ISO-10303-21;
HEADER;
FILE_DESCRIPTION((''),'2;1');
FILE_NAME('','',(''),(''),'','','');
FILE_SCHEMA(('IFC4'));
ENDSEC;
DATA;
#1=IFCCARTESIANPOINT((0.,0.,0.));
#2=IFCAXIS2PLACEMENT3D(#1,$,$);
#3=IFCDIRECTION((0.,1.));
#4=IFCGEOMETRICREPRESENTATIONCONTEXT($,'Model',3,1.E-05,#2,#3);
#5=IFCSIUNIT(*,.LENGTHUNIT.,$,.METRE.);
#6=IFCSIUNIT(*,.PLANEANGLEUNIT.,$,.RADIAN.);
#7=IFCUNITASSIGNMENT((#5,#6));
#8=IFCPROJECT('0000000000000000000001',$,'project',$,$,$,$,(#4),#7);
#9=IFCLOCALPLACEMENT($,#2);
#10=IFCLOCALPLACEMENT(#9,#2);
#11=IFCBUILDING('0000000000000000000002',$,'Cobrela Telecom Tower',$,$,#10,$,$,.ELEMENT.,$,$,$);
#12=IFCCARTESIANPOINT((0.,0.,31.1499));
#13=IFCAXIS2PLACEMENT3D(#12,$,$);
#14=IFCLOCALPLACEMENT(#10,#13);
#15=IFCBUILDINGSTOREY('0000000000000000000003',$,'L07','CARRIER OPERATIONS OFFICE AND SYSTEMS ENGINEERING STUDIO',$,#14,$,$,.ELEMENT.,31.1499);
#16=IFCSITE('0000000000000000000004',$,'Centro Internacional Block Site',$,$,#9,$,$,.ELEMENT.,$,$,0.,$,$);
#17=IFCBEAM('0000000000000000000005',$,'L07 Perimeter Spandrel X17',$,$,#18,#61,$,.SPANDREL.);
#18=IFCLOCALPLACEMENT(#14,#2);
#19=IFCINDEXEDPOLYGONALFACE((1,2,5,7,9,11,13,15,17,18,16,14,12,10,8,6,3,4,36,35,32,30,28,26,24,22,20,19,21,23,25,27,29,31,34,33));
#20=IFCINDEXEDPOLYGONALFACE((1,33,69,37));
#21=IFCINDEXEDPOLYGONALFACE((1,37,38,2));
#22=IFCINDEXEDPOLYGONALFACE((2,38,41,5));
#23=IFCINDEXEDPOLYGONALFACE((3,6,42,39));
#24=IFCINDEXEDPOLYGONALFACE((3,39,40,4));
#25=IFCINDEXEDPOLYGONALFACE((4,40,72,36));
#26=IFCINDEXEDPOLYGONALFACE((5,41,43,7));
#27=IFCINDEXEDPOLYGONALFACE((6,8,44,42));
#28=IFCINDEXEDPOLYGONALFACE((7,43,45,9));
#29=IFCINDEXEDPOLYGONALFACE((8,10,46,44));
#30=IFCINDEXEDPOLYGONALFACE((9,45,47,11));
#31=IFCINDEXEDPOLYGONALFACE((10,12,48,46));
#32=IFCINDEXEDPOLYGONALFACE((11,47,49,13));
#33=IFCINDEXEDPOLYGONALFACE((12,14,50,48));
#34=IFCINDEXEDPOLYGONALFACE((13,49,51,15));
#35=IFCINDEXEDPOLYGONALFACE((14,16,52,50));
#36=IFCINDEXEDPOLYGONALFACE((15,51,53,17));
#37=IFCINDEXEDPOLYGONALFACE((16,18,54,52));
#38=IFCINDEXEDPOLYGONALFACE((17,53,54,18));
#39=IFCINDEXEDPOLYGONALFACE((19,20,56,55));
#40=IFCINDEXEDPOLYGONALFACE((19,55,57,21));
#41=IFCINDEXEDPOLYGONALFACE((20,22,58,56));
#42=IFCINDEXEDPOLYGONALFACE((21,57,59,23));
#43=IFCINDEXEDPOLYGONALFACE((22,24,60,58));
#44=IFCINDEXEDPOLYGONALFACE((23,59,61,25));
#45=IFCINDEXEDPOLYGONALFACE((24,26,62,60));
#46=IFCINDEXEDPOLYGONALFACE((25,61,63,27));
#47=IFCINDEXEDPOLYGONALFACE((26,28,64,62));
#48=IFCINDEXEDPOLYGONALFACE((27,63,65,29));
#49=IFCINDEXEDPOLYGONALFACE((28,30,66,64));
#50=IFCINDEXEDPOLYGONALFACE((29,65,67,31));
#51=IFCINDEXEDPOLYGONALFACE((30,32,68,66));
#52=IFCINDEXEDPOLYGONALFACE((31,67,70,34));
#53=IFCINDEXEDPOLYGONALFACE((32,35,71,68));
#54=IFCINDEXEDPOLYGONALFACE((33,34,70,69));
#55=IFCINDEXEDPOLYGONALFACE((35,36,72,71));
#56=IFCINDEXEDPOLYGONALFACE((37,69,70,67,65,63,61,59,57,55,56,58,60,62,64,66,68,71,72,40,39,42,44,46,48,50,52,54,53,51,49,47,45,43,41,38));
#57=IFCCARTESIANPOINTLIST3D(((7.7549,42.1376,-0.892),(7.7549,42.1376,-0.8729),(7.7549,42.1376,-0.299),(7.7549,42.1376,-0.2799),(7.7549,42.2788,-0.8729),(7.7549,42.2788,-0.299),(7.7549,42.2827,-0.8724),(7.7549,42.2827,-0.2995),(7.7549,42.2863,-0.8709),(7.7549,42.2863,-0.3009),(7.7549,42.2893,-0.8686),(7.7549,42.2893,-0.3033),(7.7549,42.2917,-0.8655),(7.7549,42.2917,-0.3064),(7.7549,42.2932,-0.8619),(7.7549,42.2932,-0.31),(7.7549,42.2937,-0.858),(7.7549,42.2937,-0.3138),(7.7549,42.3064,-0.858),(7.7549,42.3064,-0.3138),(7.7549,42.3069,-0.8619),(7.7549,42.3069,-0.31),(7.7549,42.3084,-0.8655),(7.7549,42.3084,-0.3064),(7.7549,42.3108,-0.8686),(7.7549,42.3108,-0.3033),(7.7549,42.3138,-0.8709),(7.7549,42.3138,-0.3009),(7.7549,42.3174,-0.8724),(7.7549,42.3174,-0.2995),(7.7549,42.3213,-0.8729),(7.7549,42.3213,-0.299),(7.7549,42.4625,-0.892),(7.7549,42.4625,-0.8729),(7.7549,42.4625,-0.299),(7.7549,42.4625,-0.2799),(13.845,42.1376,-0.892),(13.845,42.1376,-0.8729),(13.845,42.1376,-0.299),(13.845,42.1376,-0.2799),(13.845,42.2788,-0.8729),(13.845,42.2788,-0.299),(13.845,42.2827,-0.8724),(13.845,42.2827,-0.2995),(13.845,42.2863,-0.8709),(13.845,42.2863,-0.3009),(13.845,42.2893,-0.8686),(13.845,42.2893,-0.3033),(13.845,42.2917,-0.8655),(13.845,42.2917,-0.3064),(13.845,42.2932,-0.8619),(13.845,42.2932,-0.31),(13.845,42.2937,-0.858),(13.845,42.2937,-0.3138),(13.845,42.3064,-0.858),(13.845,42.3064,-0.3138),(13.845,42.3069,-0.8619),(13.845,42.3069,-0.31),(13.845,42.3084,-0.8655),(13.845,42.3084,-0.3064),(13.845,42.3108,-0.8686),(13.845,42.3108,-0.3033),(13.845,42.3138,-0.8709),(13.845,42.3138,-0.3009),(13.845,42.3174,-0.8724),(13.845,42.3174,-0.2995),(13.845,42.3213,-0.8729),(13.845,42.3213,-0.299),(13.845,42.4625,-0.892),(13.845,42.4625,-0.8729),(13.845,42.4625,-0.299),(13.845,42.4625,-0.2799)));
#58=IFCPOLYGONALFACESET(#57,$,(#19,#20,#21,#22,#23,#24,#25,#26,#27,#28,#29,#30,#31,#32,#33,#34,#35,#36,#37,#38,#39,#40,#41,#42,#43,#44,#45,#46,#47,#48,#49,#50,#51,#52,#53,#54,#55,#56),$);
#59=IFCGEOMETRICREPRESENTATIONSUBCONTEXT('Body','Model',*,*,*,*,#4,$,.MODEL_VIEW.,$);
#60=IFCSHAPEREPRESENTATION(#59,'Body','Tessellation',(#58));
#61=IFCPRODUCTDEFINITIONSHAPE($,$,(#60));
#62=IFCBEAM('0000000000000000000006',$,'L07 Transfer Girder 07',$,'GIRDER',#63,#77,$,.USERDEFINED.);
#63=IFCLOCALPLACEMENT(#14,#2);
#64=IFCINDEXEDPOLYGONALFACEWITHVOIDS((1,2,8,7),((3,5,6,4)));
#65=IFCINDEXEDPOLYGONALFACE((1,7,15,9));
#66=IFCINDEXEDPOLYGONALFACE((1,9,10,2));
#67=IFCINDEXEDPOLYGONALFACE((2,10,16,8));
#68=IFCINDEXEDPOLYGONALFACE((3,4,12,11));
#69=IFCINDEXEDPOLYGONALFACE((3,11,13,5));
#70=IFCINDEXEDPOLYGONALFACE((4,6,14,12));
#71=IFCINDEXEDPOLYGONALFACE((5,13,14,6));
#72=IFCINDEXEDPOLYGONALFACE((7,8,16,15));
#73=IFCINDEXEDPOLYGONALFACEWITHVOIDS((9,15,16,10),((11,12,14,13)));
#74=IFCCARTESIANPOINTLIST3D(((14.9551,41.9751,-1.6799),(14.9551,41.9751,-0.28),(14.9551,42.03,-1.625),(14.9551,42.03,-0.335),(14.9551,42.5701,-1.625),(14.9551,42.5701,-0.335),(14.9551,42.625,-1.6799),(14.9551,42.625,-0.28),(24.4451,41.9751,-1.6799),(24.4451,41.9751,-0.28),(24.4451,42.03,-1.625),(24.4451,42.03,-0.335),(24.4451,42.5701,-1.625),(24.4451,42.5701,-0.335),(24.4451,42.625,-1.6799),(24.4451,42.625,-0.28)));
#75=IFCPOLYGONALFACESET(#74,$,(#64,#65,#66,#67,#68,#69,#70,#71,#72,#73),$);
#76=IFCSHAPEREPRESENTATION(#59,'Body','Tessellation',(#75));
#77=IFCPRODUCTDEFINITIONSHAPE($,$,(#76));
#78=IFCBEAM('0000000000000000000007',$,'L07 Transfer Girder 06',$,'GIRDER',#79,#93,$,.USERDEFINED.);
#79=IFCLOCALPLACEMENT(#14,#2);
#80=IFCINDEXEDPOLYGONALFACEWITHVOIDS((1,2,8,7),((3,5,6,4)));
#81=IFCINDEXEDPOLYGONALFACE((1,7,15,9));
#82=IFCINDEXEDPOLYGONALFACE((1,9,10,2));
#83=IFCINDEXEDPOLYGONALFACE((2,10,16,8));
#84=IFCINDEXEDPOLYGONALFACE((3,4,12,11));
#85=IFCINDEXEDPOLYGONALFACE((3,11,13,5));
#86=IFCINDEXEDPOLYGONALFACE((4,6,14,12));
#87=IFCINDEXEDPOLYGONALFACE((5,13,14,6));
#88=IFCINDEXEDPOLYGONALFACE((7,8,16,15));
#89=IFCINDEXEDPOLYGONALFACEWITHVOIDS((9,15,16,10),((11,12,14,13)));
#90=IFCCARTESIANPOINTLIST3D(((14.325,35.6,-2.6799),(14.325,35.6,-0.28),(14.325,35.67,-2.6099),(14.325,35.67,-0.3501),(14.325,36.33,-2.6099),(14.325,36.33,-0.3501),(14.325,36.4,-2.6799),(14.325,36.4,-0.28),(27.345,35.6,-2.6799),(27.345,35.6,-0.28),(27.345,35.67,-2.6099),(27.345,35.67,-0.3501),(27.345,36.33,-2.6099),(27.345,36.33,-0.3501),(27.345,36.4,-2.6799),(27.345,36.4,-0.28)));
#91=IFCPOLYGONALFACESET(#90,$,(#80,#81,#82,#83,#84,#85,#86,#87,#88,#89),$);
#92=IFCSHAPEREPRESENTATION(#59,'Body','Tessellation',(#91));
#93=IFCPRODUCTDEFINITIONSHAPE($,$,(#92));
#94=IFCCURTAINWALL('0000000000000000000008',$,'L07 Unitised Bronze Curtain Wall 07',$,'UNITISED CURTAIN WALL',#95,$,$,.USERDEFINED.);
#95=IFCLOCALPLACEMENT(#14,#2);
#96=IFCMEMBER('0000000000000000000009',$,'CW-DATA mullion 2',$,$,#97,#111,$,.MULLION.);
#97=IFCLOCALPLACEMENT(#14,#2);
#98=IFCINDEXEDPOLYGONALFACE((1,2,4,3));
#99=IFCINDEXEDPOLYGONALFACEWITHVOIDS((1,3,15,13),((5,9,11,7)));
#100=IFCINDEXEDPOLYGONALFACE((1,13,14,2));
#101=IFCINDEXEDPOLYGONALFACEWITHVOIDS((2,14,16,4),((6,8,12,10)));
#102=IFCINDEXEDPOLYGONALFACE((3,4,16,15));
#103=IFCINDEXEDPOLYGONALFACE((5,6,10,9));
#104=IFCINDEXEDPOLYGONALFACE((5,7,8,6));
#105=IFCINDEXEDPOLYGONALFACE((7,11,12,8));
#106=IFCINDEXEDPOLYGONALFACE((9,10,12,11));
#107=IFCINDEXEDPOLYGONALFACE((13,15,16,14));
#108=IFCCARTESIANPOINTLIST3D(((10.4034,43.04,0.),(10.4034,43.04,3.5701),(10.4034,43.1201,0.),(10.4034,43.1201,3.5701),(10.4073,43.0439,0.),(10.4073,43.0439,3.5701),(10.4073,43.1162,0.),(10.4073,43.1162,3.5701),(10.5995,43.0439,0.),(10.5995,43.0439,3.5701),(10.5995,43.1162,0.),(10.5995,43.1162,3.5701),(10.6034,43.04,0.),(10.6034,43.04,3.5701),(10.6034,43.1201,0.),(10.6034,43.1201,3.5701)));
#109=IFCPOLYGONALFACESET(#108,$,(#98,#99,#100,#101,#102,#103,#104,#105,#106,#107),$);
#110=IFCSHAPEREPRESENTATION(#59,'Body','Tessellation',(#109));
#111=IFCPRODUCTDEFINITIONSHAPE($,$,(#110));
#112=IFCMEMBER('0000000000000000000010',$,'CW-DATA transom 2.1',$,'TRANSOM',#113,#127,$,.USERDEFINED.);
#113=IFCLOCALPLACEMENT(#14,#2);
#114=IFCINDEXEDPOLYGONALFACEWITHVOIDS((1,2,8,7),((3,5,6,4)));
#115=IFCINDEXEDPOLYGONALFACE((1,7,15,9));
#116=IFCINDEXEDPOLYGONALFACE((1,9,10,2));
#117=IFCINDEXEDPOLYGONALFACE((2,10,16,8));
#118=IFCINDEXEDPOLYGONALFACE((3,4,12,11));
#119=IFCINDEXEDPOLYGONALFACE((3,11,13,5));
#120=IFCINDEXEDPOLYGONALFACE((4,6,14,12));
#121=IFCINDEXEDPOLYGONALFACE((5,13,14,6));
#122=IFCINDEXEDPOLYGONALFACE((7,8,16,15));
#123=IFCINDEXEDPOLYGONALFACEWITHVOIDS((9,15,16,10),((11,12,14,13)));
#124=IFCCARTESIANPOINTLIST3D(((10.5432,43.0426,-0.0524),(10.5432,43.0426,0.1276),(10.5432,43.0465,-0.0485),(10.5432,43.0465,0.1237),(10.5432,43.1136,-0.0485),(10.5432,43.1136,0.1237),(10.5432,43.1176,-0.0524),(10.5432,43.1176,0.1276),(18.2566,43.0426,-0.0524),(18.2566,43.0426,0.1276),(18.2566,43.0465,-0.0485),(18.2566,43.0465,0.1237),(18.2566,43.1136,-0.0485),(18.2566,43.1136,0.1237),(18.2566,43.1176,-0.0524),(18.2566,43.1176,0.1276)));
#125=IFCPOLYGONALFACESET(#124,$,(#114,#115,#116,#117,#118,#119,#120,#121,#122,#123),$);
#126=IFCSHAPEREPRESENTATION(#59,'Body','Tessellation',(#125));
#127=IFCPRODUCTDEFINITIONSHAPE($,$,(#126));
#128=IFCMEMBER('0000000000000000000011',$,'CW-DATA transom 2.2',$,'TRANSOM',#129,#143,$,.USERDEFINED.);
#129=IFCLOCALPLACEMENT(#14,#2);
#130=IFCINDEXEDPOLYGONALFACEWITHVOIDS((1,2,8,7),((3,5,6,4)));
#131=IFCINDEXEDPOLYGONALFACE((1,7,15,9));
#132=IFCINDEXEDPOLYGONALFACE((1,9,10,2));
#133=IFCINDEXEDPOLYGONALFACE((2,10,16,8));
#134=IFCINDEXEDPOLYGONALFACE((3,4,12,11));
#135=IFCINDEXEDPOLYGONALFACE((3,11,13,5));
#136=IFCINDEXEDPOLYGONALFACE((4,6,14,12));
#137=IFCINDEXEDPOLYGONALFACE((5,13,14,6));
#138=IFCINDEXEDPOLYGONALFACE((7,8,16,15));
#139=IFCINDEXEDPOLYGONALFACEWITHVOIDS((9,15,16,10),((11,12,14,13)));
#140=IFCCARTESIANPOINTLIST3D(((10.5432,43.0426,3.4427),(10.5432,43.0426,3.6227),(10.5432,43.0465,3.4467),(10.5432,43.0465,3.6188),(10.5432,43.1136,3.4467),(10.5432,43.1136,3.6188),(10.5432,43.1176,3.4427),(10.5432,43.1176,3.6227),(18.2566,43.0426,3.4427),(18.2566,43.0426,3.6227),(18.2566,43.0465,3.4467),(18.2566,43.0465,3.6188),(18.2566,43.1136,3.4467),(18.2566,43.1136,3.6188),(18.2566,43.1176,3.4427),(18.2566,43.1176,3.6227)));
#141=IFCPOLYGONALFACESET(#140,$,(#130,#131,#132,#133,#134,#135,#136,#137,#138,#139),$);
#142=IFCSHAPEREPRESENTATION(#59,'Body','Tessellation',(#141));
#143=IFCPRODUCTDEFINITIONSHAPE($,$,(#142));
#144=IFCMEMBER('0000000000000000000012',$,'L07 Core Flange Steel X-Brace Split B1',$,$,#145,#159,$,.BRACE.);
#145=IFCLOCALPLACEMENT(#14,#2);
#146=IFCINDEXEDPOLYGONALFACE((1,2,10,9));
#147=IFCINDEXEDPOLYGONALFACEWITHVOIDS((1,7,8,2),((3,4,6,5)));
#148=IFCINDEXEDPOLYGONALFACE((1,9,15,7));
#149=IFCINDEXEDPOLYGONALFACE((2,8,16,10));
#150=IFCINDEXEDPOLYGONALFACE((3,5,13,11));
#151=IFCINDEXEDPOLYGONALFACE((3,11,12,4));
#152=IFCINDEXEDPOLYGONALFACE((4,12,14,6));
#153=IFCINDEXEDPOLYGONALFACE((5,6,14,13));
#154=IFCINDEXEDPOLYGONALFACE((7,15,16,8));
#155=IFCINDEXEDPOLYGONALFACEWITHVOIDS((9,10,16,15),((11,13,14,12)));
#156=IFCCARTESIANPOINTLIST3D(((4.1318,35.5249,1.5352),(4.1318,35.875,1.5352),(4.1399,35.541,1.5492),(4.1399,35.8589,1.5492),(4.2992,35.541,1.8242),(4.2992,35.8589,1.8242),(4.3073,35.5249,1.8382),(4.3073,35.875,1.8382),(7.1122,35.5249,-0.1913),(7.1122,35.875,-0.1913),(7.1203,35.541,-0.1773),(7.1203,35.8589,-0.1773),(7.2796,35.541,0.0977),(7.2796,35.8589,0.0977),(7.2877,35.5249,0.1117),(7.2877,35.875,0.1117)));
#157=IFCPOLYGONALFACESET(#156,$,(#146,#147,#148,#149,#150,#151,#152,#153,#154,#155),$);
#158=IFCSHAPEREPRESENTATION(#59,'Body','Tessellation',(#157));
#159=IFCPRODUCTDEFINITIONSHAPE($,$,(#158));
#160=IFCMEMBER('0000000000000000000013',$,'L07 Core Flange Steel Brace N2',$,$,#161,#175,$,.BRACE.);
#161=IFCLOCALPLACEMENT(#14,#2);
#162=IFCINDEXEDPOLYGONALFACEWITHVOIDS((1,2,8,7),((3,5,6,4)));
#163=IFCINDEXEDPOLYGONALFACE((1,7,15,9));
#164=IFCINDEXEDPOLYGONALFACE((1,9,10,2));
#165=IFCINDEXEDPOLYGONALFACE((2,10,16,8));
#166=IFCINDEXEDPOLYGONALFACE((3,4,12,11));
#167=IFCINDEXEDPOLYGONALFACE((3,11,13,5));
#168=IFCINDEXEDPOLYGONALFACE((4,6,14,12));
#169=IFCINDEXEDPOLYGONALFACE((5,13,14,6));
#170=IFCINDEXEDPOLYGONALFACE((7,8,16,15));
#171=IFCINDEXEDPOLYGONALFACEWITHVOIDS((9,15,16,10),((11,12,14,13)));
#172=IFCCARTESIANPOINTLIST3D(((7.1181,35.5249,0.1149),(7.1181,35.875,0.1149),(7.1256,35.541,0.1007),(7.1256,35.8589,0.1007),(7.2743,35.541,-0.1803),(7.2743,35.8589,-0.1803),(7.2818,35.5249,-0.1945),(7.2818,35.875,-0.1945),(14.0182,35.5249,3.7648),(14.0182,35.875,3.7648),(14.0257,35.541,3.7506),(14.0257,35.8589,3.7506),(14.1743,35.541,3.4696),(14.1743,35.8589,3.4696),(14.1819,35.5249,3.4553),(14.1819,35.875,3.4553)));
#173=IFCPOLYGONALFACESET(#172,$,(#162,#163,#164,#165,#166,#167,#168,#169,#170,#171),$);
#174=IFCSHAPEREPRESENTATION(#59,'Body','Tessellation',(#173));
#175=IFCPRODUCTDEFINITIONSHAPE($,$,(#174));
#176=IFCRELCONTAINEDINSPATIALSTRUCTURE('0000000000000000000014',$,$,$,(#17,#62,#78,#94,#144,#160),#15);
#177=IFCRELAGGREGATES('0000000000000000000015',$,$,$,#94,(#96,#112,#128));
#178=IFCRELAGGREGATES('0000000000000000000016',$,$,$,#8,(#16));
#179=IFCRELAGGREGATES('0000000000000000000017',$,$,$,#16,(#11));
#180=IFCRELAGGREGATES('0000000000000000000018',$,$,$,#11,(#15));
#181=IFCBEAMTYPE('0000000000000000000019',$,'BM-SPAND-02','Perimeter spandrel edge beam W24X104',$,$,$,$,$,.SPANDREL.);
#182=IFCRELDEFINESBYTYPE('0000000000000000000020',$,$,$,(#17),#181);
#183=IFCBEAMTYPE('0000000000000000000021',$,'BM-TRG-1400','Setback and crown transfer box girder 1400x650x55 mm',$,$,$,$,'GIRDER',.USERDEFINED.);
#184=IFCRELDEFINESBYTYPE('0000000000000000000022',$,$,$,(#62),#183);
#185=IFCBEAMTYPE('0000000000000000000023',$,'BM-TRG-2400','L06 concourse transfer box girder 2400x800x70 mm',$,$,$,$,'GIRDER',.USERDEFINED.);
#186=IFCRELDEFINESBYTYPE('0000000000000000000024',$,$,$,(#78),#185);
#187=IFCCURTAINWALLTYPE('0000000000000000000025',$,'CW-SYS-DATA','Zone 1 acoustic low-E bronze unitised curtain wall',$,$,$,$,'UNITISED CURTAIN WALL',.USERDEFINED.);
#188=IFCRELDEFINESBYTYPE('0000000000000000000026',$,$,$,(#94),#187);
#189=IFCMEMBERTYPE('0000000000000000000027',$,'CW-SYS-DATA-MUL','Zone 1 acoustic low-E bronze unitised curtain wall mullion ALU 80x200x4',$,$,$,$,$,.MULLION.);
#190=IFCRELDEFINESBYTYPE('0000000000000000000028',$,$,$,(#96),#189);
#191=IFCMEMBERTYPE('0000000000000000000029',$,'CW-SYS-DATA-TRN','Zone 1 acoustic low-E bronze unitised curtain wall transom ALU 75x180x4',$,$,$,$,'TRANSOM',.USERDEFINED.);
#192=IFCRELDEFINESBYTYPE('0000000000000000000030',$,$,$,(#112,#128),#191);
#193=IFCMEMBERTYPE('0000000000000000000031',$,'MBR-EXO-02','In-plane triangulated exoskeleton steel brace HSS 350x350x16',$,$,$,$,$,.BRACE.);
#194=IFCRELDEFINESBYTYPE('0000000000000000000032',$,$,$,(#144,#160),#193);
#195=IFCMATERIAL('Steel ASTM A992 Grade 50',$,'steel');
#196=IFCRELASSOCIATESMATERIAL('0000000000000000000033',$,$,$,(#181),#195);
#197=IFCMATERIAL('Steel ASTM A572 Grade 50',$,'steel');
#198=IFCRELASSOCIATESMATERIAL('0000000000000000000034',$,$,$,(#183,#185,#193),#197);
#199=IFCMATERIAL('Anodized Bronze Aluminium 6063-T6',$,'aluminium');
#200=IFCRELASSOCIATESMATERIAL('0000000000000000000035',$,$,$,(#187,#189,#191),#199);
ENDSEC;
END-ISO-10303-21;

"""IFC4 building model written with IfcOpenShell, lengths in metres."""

from ifc_helpers import new_model, si_unit, direction, frame, origin, origin_2d, place, context, subcontext, project, spatial, hollow_rectangle, i_section, extrude, material, material_profile, profile_set, type_object, element, aggregate, save


model = new_model("IFC4")

# Units and contexts
model_context = context("Model", 3, precision=1e-05, world=origin(), true_north=direction((0.0, 1.0)))
body_context = subcontext(model_context, "Body", "Model", "MODEL_VIEW")
ifc_project = project(units=[si_unit("LENGTHUNIT", "METRE"), si_unit("PLANEANGLEUNIT", "RADIAN")], contexts=[model_context])

# Site, building, storey
site_placement = place(None, origin())
site = spatial("IfcSite", under=ifc_project, at=site_placement, Name="Centro Internacional Block Site", CompositionType="ELEMENT", RefElevation=0.0)
building_placement = place(site_placement, origin())
building = spatial("IfcBuilding", under=site, at=building_placement, Name="Cobrela Telecom Tower", CompositionType="ELEMENT")
storey_placement = place(building_placement, frame((0.0, 0.0, 31.1499)))
storey = spatial("IfcBuildingStorey", under=building, at=storey_placement, Name="L07", Description="CARRIER OPERATIONS OFFICE AND SYSTEMS ENGINEERING STUDIO", CompositionType="ELEMENT", Elevation=31.1499)

# Shared definitions
ifc_material_1 = material(Name="Steel ASTM A572 Grade 50", Category="steel")

# Beams
ifc_material_2 = material(Name="Steel ASTM A992 Grade 50", Category="steel")
ifc_material_profile_1 = material_profile(ifc_material_2, i_section(OverallWidth=0.325, OverallDepth=0.6121, WebThickness=0.0127, FlangeThickness=0.019, FilletRadius=0.0149, at=origin_2d()), Name="W24X104")
ifc_profile_set_1 = profile_set([ifc_material_profile_1], Name="Steel ASTM A992 Grade 50")
beam_type_1 = type_object("IfcBeamType", Name="BM-SPAND-02", Description="Perimeter spandrel edge beam W24X104", PredefinedType="SPANDREL", material=ifc_profile_set_1)
beam_1_placement = place(storey_placement, frame((7.7549, 42.3, -0.5859), z_axis=(1.0, 0.0, 0.0), x_axis=(0.0, 1.0, 0.0)))
element("IfcBeam", 1, at=beam_1_placement, inside=storey, type_object=beam_type_1, Name="L07 Perimeter Spandrel X17", PredefinedType="SPANDREL", context=body_context, shape_type="SweptSolid", body=[
    extrude(i_section(OverallWidth=0.325, OverallDepth=0.6121, WebThickness=0.0127, FlangeThickness=0.019, FilletRadius=0.0149, at=origin_2d()), origin(), (0.0, 0.0, 1.0), 6.0901),
])
ifc_material_profile_2 = material_profile(ifc_material_1, hollow_rectangle(XDim=0.6499, YDim=1.3999, WallThickness=0.0549, at=origin_2d()), Name="BOX 1400x650x55")
ifc_profile_set_2 = profile_set([ifc_material_profile_2], Name="Steel ASTM A572 Grade 50")
beam_type_2 = type_object("IfcBeamType", Name="BM-TRG-1400", Description="Setback and crown transfer box girder 1400x650x55 mm", ElementType="GIRDER", PredefinedType="USERDEFINED", material=ifc_profile_set_2)
beam_2_placement = place(storey_placement, frame((14.9551, 42.3, -0.98), z_axis=(1.0, 0.0, 0.0), x_axis=(0.0, 1.0, 0.0)))
element("IfcBeam", 2, at=beam_2_placement, inside=storey, type_object=beam_type_2, Name="L07 Transfer Girder 07", ObjectType="GIRDER", PredefinedType="USERDEFINED", context=body_context, shape_type="SweptSolid", body=[
    extrude(hollow_rectangle(XDim=0.6499, YDim=1.3999, WallThickness=0.0549, at=origin_2d()), origin(), (0.0, 0.0, 1.0), 9.49),
])
ifc_material_profile_3 = material_profile(ifc_material_1, hollow_rectangle(XDim=0.8, YDim=2.3999, WallThickness=0.0701, at=origin_2d()), Name="BOX 2400x800x70")
ifc_profile_set_3 = profile_set([ifc_material_profile_3], Name="Steel ASTM A572 Grade 50")
beam_type_3 = type_object("IfcBeamType", Name="BM-TRG-2400", Description="L06 concourse transfer box girder 2400x800x70 mm", ElementType="GIRDER", PredefinedType="USERDEFINED", material=ifc_profile_set_3)
beam_3_placement = place(storey_placement, frame((14.325, 36.0, -1.48), z_axis=(1.0, 0.0, 0.0), x_axis=(0.0, 1.0, 0.0)))
element("IfcBeam", 3, at=beam_3_placement, inside=storey, type_object=beam_type_3, Name="L07 Transfer Girder 06", ObjectType="GIRDER", PredefinedType="USERDEFINED", context=body_context, shape_type="SweptSolid", body=[
    extrude(hollow_rectangle(XDim=0.8, YDim=2.3999, WallThickness=0.0701, at=origin_2d()), origin(), (0.0, 0.0, 1.0), 13.02),
])

# Curtain wall, members
ifc_material_3 = material(Name="Anodized Bronze Aluminium 6063-T6", Category="aluminium")
curtain_wall_type = type_object("IfcCurtainWallType", Name="CW-SYS-DATA", Description="Zone 1 acoustic low-E bronze unitised curtain wall", ElementType="UNITISED CURTAIN WALL", PredefinedType="USERDEFINED", material=ifc_material_3)
curtain_wall_placement = place(storey_placement, origin())
curtain_wall = element("IfcCurtainWall", 4, at=curtain_wall_placement, inside=storey, type_object=curtain_wall_type, Name="L07 Unitised Bronze Curtain Wall 07", ObjectType="UNITISED CURTAIN WALL", PredefinedType="USERDEFINED")
ifc_material_profile_4 = material_profile(ifc_material_3, hollow_rectangle(XDim=0.0801, YDim=0.2, WallThickness=0.0039, at=origin_2d()), Name="ALU 80x200x4")
ifc_profile_set_4 = profile_set([ifc_material_profile_4], Name="Anodized Bronze Aluminium 6063-T6")
member_type_1 = type_object("IfcMemberType", Name="CW-SYS-DATA-MUL", Description="Zone 1 acoustic low-E bronze unitised curtain wall mullion ALU 80x200x4", PredefinedType="MULLION", material=ifc_profile_set_4)
member_1_placement = place(storey_placement, frame((10.5034, 43.0801, 0.0), z_axis=(0.0, 0.0, 1.0), x_axis=(0.0, 1.0, 0.0)))
member_1 = element("IfcMember", 5, at=member_1_placement, type_object=member_type_1, Name="CW-DATA mullion 2", PredefinedType="MULLION", context=body_context, shape_type="SweptSolid", body=[
    extrude(hollow_rectangle(XDim=0.0801, YDim=0.2, WallThickness=0.0039, at=origin_2d()), origin(), (0.0, 0.0, 1.0), 3.5701),
])
ifc_material_profile_5 = material_profile(ifc_material_3, hollow_rectangle(XDim=0.075, YDim=0.1799, WallThickness=0.0039, at=origin_2d()), Name="ALU 75x180x4")
ifc_profile_set_5 = profile_set([ifc_material_profile_5], Name="Anodized Bronze Aluminium 6063-T6")
member_type_2 = type_object("IfcMemberType", Name="CW-SYS-DATA-TRN", Description="Zone 1 acoustic low-E bronze unitised curtain wall transom ALU 75x180x4", ElementType="TRANSOM", PredefinedType="USERDEFINED", material=ifc_profile_set_5)
member_2_placement = place(storey_placement, frame((10.5432, 43.0801, 0.0376), z_axis=(1.0, 0.0, 0.0), x_axis=(0.0, 1.0, 0.0)))
member_2 = element("IfcMember", 6, at=member_2_placement, type_object=member_type_2, Name="CW-DATA transom 2.1", ObjectType="TRANSOM", PredefinedType="USERDEFINED", context=body_context, shape_type="SweptSolid", body=[
    extrude(hollow_rectangle(XDim=0.075, YDim=0.1799, WallThickness=0.0039, at=origin_2d()), origin(), (0.0, 0.0, 1.0), 7.7134),
])
member_3_placement = place(storey_placement, frame((10.5432, 43.0801, 3.5327), z_axis=(1.0, 0.0, 0.0), x_axis=(0.0, 1.0, 0.0)))
member_3 = element("IfcMember", 7, at=member_3_placement, type_object=member_type_2, Name="CW-DATA transom 2.2", ObjectType="TRANSOM", PredefinedType="USERDEFINED", context=body_context, shape_type="SweptSolid", body=[
    extrude(hollow_rectangle(XDim=0.075, YDim=0.1799, WallThickness=0.0039, at=origin_2d()), origin(), (0.0, 0.0, 1.0), 7.7134),
])

# Members
ifc_material_profile_6 = material_profile(ifc_material_1, hollow_rectangle(XDim=0.3501, YDim=0.3501, WallThickness=0.0161, at=origin_2d()), Name="HSS 350x350x16")
ifc_profile_set_6 = profile_set([ifc_material_profile_6], Name="Steel ASTM A572 Grade 50")
member_type_3 = type_object("IfcMemberType", Name="MBR-EXO-02", Description="In-plane triangulated exoskeleton steel brace HSS 350x350x16", PredefinedType="BRACE", material=ifc_profile_set_6)
member_4_placement = place(storey_placement, frame((7.2, 35.7, -0.0398), z_axis=(-0.865297, 0.0, 0.50126), x_axis=(0.0, -1.0, 0.0)))
element("IfcMember", 8, at=member_4_placement, inside=storey, type_object=member_type_3, Name="L07 Core Flange Steel X-Brace Split B1", PredefinedType="BRACE", context=body_context, shape_type="SweptSolid", body=[
    extrude(hollow_rectangle(XDim=0.3501, YDim=0.3501, WallThickness=0.0161, at=origin_2d()), origin(), (0.0, 0.0, 1.0), 3.4443),
])
member_5_placement = place(storey_placement, frame((7.2, 35.7, -0.0398), z_axis=(0.883953, 0.0, 0.467576), x_axis=(0.0, 1.0, 0.0)))
element("IfcMember", 9, at=member_5_placement, inside=storey, type_object=member_type_3, Name="L07 Core Flange Steel Brace N2", PredefinedType="BRACE", context=body_context, shape_type="SweptSolid", body=[
    extrude(hollow_rectangle(XDim=0.3501, YDim=0.3501, WallThickness=0.0161, at=origin_2d()), origin(), (0.0, 0.0, 1.0), 7.8059),
])

aggregate(curtain_wall, [member_1, member_2, member_3])

save(model, "model.ifc")
